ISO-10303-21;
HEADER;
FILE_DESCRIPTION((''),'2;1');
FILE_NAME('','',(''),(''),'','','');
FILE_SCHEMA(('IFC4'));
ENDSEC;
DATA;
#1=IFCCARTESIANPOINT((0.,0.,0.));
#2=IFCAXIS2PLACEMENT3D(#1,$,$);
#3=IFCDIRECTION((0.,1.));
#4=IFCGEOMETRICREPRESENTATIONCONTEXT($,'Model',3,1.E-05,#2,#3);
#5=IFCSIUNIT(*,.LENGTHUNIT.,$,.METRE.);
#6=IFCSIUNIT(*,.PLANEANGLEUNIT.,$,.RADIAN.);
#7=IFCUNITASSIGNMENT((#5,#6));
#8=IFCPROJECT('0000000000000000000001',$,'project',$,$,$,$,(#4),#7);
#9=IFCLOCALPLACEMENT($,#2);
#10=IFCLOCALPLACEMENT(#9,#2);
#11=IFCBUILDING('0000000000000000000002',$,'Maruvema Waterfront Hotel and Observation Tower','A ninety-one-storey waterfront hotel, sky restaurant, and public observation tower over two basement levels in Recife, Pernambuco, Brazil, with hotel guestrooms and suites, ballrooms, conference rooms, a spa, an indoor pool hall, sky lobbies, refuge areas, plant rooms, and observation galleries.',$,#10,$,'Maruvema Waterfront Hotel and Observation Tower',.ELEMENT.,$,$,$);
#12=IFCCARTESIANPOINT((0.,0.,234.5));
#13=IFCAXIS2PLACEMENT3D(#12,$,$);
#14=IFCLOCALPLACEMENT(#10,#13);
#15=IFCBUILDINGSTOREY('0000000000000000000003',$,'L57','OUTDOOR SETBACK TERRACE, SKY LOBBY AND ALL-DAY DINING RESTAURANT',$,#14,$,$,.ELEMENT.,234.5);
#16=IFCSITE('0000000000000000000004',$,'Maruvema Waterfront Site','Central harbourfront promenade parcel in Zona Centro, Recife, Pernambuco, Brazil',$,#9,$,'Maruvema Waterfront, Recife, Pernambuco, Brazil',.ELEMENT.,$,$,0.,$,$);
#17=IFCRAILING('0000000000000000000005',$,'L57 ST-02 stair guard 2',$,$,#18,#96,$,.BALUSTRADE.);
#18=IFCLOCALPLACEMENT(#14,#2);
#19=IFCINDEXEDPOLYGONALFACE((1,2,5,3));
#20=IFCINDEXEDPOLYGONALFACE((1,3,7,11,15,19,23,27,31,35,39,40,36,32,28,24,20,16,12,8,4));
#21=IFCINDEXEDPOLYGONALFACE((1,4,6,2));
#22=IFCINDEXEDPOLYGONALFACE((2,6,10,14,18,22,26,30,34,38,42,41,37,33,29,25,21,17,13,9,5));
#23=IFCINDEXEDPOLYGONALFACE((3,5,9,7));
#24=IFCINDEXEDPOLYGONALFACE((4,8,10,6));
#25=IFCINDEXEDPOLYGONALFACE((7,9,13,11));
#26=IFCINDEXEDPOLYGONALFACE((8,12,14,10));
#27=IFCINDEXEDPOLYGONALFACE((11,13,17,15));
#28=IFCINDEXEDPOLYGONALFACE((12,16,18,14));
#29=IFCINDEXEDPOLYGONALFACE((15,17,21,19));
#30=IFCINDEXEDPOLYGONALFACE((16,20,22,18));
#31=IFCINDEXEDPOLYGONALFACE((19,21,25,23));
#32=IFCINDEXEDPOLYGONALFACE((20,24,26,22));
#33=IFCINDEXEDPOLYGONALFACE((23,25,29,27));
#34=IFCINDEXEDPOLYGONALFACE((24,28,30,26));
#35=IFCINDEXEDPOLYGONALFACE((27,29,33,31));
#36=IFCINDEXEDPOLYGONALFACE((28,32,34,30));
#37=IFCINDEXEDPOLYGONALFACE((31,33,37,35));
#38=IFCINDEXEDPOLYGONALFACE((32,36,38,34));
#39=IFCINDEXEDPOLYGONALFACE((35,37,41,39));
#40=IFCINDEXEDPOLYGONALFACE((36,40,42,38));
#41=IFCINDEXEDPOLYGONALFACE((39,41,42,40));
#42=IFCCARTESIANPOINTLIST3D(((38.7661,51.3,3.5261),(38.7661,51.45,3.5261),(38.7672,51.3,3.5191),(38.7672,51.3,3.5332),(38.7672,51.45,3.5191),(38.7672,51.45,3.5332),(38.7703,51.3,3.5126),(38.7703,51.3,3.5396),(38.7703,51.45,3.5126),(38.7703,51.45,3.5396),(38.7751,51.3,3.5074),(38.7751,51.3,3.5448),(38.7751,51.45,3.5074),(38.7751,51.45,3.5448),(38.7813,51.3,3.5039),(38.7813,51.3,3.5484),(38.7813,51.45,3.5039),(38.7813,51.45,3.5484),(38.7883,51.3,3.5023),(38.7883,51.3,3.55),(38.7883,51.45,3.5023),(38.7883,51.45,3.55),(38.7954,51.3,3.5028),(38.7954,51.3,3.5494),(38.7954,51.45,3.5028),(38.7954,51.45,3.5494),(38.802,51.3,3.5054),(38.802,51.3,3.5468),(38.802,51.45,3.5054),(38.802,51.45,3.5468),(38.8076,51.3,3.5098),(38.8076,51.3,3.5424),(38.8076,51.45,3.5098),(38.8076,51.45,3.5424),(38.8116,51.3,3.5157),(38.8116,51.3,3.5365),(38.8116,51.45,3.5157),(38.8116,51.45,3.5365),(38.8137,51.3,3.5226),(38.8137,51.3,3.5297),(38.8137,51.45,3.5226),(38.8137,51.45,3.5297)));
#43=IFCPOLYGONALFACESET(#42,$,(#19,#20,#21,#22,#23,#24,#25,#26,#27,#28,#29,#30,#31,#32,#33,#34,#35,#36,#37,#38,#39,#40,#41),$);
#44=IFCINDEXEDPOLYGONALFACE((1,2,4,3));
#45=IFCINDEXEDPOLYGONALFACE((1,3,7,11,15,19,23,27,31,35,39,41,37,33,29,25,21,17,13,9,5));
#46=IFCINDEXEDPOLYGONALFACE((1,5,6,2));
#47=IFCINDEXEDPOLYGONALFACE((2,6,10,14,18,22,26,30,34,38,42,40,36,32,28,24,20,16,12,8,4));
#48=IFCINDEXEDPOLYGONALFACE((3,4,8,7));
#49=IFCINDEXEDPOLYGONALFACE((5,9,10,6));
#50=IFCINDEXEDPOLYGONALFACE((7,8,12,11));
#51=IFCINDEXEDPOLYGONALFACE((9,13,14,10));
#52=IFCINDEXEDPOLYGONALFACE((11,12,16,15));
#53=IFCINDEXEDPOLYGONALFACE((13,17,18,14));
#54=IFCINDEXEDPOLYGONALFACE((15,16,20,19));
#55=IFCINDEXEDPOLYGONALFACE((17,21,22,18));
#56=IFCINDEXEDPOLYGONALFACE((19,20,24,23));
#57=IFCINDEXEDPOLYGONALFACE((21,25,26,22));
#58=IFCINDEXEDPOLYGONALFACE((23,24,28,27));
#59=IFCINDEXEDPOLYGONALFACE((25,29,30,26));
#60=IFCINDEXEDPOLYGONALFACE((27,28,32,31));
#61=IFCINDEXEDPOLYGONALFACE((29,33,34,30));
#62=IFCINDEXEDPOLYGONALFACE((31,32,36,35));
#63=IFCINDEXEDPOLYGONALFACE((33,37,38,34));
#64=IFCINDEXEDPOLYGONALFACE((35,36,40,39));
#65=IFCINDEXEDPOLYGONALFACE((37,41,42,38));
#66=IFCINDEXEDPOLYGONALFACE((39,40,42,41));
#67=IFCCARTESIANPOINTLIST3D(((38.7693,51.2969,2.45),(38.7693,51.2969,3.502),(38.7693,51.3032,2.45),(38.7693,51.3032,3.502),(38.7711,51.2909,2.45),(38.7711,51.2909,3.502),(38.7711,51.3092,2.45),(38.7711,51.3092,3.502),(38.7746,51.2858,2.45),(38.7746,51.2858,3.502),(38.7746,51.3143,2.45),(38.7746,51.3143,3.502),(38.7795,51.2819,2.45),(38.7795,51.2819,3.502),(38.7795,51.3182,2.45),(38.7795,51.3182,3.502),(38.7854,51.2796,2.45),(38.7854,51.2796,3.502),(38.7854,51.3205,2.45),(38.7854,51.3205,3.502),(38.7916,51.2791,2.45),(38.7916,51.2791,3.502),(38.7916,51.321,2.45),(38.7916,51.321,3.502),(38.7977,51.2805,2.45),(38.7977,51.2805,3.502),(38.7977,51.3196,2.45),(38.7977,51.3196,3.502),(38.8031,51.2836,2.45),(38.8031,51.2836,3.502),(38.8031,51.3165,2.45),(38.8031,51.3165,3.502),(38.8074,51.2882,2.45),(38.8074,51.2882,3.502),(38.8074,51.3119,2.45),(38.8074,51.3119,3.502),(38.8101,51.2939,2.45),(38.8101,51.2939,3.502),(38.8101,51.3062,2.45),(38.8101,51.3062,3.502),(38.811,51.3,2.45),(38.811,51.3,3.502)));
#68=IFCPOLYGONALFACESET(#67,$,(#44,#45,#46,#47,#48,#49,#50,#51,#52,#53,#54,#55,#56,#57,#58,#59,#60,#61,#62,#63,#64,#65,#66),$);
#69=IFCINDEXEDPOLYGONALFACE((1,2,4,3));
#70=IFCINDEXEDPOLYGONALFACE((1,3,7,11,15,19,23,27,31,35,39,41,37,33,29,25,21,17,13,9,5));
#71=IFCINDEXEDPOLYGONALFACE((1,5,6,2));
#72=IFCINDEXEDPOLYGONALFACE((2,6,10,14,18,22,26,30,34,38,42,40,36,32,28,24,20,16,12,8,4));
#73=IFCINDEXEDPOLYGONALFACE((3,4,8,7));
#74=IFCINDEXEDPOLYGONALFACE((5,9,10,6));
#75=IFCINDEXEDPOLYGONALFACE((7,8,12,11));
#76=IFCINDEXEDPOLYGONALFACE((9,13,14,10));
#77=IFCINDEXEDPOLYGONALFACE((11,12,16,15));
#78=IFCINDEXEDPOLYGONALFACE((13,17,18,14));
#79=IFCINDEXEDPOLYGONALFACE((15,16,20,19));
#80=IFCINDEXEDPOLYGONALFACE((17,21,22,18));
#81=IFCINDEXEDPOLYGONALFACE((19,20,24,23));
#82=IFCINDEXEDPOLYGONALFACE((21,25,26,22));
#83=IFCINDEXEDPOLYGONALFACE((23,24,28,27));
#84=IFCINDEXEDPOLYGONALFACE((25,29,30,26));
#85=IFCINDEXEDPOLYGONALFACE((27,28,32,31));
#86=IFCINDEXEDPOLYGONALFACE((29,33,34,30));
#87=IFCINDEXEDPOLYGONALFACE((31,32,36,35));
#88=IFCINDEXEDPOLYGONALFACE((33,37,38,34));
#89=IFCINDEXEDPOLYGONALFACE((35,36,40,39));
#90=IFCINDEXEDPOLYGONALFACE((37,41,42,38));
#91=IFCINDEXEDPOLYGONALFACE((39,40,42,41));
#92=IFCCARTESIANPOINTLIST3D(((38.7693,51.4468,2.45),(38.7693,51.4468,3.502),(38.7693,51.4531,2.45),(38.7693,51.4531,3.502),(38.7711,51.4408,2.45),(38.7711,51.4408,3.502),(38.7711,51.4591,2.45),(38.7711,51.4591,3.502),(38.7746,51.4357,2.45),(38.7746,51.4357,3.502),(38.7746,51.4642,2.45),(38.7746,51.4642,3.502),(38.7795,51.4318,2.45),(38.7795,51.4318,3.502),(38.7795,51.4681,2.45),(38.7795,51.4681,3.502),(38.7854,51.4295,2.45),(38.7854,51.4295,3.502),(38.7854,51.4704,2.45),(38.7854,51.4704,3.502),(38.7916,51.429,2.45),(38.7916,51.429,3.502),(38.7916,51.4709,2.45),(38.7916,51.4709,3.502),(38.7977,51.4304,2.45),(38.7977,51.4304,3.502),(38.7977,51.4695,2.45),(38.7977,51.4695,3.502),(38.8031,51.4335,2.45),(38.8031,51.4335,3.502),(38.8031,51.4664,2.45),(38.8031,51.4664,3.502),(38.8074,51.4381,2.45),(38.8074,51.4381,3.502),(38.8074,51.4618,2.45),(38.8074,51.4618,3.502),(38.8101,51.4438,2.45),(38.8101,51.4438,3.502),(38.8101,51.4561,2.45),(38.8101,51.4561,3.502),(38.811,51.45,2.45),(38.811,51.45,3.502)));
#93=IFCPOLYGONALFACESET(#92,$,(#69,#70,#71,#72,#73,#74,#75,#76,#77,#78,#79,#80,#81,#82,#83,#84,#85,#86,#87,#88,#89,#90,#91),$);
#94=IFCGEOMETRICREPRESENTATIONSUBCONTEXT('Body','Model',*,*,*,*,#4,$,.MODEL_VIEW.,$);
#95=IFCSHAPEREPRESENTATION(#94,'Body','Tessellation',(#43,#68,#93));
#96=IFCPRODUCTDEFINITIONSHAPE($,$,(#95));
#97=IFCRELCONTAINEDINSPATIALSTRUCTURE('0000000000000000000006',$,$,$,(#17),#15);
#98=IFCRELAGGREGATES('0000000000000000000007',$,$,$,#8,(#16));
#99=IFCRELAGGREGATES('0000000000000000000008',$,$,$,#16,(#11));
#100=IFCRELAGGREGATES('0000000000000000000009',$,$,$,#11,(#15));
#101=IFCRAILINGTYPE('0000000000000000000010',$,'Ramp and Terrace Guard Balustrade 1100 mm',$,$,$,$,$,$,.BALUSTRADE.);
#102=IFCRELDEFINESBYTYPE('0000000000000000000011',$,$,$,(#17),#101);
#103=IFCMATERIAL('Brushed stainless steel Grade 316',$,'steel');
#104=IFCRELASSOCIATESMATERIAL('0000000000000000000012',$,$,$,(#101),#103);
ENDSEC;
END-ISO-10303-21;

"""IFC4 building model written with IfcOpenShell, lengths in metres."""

from ifc_helpers import new_model, si_unit, direction, frame, origin, origin_2d, place, context, subcontext, project, spatial, circle, extrude, material, type_object, element, save


model = new_model("IFC4")

# Units and contexts
model_context = context("Model", 3, precision=1e-05, world=origin(), true_north=direction((0.0, 1.0)))
body_context = subcontext(model_context, "Body", "Model", "MODEL_VIEW")
ifc_project = project(units=[si_unit("LENGTHUNIT", "METRE"), si_unit("PLANEANGLEUNIT", "RADIAN")], contexts=[model_context])

# Site, building, storey
site_placement = place(None, origin())
site = spatial("IfcSite", under=ifc_project, at=site_placement, Name="Maruvema Waterfront Site", Description="Central harbourfront promenade parcel in Zona Centro, Recife, Pernambuco, Brazil", LongName="Maruvema Waterfront, Recife, Pernambuco, Brazil", CompositionType="ELEMENT", RefElevation=0.0)
building_placement = place(site_placement, origin())
building = spatial("IfcBuilding", under=site, at=building_placement, Name="Maruvema Waterfront Hotel and Observation Tower", Description="A ninety-one-storey waterfront hotel, sky restaurant, and public observation tower over two basement levels in Recife, Pernambuco, Brazil, with hotel guestrooms and suites, ballrooms, conference rooms, a spa, an indoor pool hall, sky lobbies, refuge areas, plant rooms, and observation galleries.", LongName="Maruvema Waterfront Hotel and Observation Tower", CompositionType="ELEMENT")
storey_placement = place(building_placement, frame((0.0, 0.0, 234.5)))
storey = spatial("IfcBuildingStorey", under=building, at=storey_placement, Name="L57", Description="OUTDOOR SETBACK TERRACE, SKY LOBBY AND ALL-DAY DINING RESTAURANT", CompositionType="ELEMENT", Elevation=234.5)

# Railing
ifc_material_1 = material(Name="Brushed stainless steel Grade 316", Category="steel")
railing_type_1 = type_object("IfcRailingType", Name="Ramp and Terrace Guard Balustrade 1100 mm", PredefinedType="BALUSTRADE", material=ifc_material_1)
railing_1_placement = place(storey_placement, frame((38.79, 51.3, 2.45)))
element("IfcRailing", 1, at=railing_1_placement, inside=storey, type_object=railing_type_1, Name="L57 ST-02 stair guard 2", PredefinedType="BALUSTRADE", context=body_context, shape_type="SweptSolid", body=[
    extrude(circle(Radius=0.0239, at=origin_2d()), frame((0.0, 0.0, 1.0762), z_axis=(0.0, 1.0, 0.0), x_axis=(-1.0, 0.0, 0.0)), (0.0, 0.0, 1.0), 0.1499),
    extrude(circle(Radius=0.021, at=origin_2d()), origin(), (0.0, 0.0, 1.0), 1.052),
    extrude(circle(Radius=0.021, at=origin_2d()), frame((0.0, 0.1499, 0.0)), (0.0, 0.0, 1.0), 1.052),
])

save(model, "model.ifc")
